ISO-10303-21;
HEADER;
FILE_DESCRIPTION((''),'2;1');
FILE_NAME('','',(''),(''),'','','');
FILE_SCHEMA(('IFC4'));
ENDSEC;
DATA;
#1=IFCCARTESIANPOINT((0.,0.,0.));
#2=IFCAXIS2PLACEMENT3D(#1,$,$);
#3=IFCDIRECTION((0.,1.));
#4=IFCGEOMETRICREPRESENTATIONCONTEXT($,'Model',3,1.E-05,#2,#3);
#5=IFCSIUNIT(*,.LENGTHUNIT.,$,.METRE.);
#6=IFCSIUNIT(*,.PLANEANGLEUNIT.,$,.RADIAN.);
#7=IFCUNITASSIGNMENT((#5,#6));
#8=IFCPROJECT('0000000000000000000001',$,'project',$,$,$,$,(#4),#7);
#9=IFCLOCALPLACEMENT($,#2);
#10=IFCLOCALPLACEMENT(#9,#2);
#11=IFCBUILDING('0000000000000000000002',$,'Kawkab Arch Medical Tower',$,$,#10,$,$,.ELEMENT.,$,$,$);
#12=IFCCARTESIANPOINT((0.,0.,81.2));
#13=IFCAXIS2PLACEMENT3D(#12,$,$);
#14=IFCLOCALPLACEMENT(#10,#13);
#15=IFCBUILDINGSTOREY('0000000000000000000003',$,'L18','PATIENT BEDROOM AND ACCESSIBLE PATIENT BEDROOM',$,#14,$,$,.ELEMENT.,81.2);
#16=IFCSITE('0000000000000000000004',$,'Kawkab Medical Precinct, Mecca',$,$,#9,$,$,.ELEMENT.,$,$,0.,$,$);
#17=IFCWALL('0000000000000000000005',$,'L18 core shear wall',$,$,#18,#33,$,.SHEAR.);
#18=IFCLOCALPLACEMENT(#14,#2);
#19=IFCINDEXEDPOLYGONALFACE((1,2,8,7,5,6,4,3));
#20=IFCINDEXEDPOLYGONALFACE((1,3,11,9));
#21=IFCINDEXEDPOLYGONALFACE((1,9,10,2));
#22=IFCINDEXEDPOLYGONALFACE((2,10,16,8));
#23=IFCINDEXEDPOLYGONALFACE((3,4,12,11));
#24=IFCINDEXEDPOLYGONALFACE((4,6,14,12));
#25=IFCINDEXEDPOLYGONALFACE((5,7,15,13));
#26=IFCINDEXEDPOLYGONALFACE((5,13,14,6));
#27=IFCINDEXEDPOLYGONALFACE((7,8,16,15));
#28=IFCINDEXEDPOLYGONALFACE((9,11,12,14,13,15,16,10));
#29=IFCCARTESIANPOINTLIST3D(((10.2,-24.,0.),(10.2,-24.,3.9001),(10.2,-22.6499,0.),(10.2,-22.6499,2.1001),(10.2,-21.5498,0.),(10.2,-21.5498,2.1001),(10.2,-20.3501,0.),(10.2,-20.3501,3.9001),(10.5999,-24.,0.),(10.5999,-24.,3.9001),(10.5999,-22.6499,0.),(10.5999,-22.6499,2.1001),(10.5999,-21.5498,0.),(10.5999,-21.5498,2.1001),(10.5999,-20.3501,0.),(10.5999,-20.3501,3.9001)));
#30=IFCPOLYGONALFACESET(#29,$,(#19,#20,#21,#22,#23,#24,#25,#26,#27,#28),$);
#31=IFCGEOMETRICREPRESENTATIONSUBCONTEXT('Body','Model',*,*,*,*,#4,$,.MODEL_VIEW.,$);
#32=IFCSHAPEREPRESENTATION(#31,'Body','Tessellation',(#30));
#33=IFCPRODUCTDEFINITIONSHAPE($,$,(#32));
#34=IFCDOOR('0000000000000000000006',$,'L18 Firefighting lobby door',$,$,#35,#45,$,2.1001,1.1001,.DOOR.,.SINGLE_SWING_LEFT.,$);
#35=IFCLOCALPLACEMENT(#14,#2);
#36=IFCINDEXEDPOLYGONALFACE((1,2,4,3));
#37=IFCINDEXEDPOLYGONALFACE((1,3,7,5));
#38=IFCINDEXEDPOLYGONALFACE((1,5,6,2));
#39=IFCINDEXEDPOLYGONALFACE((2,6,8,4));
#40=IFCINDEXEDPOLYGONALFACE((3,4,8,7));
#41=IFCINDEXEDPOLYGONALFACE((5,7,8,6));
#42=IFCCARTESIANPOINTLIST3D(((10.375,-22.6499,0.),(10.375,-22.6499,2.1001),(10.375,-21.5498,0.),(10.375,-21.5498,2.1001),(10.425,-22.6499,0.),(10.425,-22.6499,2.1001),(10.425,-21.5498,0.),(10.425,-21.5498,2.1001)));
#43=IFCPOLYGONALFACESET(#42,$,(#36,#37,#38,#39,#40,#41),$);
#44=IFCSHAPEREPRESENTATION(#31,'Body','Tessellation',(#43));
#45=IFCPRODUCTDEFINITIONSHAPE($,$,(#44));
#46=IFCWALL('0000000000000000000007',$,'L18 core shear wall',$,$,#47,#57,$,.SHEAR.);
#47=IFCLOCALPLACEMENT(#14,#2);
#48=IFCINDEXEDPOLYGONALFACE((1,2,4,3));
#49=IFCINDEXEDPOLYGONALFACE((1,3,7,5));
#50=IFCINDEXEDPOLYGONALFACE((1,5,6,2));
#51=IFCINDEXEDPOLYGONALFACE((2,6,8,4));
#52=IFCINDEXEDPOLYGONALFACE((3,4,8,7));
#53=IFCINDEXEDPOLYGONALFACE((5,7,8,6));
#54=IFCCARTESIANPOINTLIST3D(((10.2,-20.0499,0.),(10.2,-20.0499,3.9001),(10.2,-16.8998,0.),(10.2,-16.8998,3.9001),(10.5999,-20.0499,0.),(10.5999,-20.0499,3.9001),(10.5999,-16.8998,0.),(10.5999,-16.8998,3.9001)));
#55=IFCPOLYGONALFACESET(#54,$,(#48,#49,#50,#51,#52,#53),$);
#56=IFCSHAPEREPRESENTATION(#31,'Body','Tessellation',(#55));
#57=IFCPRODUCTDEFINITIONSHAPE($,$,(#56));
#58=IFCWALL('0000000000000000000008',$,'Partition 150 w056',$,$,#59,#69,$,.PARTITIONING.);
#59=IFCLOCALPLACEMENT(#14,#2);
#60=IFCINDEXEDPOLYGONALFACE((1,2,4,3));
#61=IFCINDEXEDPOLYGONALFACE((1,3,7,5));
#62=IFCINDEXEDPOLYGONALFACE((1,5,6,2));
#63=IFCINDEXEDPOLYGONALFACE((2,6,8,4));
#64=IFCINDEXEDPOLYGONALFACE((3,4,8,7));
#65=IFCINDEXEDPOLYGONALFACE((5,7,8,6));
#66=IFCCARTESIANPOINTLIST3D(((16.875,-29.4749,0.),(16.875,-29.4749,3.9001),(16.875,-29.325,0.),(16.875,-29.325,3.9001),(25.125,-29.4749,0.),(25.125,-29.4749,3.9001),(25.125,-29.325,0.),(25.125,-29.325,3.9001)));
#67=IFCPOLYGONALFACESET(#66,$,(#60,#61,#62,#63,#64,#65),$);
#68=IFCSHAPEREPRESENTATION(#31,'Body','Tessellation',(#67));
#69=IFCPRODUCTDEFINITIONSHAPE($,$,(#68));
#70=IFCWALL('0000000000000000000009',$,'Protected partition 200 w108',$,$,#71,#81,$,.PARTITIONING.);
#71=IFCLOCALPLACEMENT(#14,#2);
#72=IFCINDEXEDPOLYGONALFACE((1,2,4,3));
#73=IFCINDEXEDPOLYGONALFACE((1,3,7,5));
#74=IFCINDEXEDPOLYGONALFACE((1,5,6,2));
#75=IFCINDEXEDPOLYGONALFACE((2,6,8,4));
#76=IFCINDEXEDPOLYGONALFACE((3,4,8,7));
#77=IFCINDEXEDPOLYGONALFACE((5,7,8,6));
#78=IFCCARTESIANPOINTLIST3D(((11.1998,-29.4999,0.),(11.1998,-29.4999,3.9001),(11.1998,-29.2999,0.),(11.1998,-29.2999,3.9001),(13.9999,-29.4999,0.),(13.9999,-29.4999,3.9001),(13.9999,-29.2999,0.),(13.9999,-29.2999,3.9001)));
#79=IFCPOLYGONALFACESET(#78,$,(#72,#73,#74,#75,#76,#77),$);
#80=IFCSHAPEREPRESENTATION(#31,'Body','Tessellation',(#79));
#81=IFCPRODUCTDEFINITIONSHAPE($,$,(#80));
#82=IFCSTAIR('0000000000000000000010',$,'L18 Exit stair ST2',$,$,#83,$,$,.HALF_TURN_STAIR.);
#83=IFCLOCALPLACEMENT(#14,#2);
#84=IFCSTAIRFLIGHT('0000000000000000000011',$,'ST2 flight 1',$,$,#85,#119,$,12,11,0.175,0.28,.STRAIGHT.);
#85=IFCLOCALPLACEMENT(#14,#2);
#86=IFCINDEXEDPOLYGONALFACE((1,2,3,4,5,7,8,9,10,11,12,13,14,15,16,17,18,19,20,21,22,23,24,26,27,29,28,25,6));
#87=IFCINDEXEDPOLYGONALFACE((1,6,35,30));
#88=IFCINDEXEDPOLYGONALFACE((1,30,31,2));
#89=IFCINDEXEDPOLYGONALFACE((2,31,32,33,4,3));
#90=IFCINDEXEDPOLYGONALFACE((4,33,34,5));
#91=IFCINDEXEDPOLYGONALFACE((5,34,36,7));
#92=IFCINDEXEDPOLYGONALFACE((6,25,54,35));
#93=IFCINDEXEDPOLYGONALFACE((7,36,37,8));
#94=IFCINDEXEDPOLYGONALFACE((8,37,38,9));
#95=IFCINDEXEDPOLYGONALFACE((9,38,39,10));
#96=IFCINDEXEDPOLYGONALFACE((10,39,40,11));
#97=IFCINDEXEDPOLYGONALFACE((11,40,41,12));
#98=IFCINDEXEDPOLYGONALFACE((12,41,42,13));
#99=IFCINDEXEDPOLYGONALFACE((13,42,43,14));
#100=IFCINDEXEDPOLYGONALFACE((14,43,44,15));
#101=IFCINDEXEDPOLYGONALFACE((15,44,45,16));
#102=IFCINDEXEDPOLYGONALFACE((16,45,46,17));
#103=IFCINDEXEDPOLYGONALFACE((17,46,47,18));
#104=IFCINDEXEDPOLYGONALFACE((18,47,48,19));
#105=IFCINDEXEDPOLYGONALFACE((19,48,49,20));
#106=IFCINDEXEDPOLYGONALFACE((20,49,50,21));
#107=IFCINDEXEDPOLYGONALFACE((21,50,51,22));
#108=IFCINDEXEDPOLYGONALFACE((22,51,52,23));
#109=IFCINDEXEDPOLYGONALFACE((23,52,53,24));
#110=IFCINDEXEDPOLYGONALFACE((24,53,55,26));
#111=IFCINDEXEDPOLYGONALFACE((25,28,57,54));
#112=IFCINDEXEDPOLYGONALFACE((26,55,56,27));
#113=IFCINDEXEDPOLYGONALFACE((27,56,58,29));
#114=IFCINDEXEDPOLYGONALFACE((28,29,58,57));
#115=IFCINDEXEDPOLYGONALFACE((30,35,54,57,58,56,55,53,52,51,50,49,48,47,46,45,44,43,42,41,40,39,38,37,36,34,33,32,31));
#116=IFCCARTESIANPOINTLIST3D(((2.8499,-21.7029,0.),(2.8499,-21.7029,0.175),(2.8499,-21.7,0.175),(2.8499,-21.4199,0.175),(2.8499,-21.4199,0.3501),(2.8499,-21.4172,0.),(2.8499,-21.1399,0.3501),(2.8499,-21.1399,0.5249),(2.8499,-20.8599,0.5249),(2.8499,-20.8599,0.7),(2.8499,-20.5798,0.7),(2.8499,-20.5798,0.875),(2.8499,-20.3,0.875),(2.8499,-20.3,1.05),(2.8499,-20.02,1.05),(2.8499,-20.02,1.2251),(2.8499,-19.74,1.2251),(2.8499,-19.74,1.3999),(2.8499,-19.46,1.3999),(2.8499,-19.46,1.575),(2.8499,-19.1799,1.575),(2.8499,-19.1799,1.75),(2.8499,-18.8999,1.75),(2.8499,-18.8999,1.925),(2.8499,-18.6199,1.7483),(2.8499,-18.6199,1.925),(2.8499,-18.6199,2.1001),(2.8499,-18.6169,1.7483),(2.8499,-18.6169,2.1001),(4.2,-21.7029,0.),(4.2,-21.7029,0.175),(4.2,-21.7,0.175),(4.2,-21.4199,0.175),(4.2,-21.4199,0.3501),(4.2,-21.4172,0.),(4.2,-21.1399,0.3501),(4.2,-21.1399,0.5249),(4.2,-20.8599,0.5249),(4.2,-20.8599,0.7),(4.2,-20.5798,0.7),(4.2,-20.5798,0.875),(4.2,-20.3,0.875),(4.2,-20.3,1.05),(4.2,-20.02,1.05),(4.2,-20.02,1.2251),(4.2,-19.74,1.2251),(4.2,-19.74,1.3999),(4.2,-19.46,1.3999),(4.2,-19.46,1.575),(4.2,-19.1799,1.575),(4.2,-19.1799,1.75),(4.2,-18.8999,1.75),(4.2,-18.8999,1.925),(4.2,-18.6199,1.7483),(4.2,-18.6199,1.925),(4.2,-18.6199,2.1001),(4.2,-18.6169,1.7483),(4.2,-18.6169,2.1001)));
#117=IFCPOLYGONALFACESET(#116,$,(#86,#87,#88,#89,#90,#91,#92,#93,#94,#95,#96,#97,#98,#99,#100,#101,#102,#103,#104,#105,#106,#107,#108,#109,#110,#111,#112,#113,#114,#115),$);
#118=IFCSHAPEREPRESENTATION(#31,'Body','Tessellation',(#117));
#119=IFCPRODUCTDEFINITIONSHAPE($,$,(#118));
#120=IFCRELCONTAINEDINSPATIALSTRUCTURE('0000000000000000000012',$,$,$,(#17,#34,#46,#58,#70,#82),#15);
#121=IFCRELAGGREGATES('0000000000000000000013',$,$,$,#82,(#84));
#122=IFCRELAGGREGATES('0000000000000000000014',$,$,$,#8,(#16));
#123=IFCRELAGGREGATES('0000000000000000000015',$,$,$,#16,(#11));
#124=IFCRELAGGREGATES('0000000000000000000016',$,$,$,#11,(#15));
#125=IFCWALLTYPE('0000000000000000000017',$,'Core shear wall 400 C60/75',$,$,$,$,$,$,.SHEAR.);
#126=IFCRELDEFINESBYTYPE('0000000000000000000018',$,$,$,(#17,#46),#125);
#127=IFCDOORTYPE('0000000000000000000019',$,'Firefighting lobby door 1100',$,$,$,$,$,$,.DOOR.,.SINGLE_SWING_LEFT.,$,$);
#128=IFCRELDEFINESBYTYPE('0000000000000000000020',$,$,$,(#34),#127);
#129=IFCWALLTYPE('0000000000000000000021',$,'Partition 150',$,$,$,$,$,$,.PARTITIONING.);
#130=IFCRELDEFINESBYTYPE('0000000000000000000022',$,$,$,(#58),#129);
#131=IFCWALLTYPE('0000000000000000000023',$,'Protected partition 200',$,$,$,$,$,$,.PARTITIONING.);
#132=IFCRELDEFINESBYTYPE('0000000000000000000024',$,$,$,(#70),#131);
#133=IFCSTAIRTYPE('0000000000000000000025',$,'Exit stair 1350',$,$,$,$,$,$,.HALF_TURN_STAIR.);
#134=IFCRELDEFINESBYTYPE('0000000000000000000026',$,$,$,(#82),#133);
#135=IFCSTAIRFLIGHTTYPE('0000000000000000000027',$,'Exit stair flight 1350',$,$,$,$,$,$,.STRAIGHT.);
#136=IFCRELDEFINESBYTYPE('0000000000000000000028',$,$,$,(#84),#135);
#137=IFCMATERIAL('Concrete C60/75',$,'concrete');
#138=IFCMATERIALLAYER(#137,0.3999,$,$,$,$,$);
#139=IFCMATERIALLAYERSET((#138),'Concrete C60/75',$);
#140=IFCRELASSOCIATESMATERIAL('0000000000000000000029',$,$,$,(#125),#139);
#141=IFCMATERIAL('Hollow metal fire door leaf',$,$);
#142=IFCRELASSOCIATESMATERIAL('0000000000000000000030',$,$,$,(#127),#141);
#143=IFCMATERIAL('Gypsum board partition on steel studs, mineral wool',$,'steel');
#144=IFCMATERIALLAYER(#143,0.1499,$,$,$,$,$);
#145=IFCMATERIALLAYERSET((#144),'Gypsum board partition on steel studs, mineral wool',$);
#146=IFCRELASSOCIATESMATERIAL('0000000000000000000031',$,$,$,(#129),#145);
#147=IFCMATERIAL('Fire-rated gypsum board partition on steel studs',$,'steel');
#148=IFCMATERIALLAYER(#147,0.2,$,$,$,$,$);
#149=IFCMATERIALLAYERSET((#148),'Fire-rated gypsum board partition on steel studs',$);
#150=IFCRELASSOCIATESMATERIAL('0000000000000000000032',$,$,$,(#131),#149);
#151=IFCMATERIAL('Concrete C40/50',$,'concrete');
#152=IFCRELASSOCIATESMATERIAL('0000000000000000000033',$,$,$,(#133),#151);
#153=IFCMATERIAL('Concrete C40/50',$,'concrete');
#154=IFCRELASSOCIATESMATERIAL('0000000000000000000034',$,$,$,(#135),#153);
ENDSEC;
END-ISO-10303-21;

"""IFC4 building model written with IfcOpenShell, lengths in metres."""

from ifc_helpers import new_model, si_unit, direction, frame, frame_2d, origin, place, context, subcontext, project, spatial, polyline, rectangle, outline, extrude, material, layer, layer_set, type_object, element, fill, aggregate, save


model = new_model("IFC4")

# Units and contexts
model_context = context("Model", 3, precision=1e-05, world=origin(), true_north=direction((0.0, 1.0)))
body_context = subcontext(model_context, "Body", "Model", "MODEL_VIEW")
ifc_project = project(units=[si_unit("LENGTHUNIT", "METRE"), si_unit("PLANEANGLEUNIT", "RADIAN")], contexts=[model_context])

# Site, building, storey
site_placement = place(None, origin())
site = spatial("IfcSite", under=ifc_project, at=site_placement, Name="Kawkab Medical Precinct, Mecca", CompositionType="ELEMENT", RefElevation=0.0)
building_placement = place(site_placement, origin())
building = spatial("IfcBuilding", under=site, at=building_placement, Name="Kawkab Arch Medical Tower", CompositionType="ELEMENT")
storey_placement = place(building_placement, frame((0.0, 0.0, 81.2)))
storey = spatial("IfcBuildingStorey", under=building, at=storey_placement, Name="L18", Description="PATIENT BEDROOM AND ACCESSIBLE PATIENT BEDROOM", CompositionType="ELEMENT", Elevation=81.2)

# Wall, opening, door
ifc_material_1 = material(Name="Concrete C60/75", Category="concrete")
ifc_layer_1 = layer(ifc_material_1, 0.3999)
ifc_layer_set_1 = layer_set([ifc_layer_1], Name="Concrete C60/75")
wall_type_1 = type_object("IfcWallType", Name="Core shear wall 400 C60/75", PredefinedType="SHEAR", material=ifc_layer_set_1)
wall_1_placement = place(storey_placement, frame((10.3999, -24.0, 0.0), z_axis=(0.0, 0.0, 1.0), x_axis=(0.0, 1.0, 0.0)))
wall_1 = element("IfcWall", 1, at=wall_1_placement, inside=storey, type_object=wall_type_1, Name="L18 core shear wall", PredefinedType="SHEAR", context=body_context, shape_type="SweptSolid", body=[
    extrude(rectangle(XDim=3.6499, YDim=0.3999, at=frame_2d((1.825, 0.0))), origin(), (0.0, 0.0, 1.0), 3.9001),
])
opening_1_placement = place(wall_1_placement, frame((1.3501, 0.0, 0.0)))
opening_1 = element("IfcOpeningElement", 2, at=opening_1_placement, cuts=wall_1, PredefinedType="OPENING", context=body_context, shape_type="SweptSolid", body=[
    extrude(rectangle(XDim=1.1001, YDim=2.1001, at=frame_2d((0.55, 1.05))), frame((0.0, 0.21, 0.0), z_axis=(0.0, -1.0, 0.0), x_axis=(1.0, 0.0, 0.0)), (0.0, 0.0, 1.0), 0.4199),
])
ifc_material_2 = material(Name="Hollow metal fire door leaf")
door_type_1 = type_object("IfcDoorType", Name="Firefighting lobby door 1100", OperationType="SINGLE_SWING_LEFT", PredefinedType="DOOR", material=ifc_material_2)
door_1_placement = place(opening_1_placement, origin())
door_1 = element("IfcDoor", 3, at=door_1_placement, inside=storey, type_object=door_type_1, Name="L18 Firefighting lobby door", OperationType="SINGLE_SWING_LEFT", OverallHeight=2.1001, OverallWidth=1.1001, PredefinedType="DOOR", context=body_context, shape_type="SweptSolid", body=[
    extrude(rectangle(XDim=1.1001, YDim=2.1001, at=frame_2d((0.55, 1.05))), frame((0.0, 0.0249, 0.0), z_axis=(0.0, -1.0, 0.0), x_axis=(1.0, 0.0, 0.0)), (0.0, 0.0, 1.0), 0.05),
])
fill(opening_1, door_1)

# Walls
wall_2_placement = place(storey_placement, frame((10.3999, -20.05, 0.0), z_axis=(0.0, 0.0, 1.0), x_axis=(0.0, 1.0, 0.0)))
element("IfcWall", 4, at=wall_2_placement, inside=storey, type_object=wall_type_1, Name="L18 core shear wall", PredefinedType="SHEAR", context=body_context, shape_type="SweptSolid", body=[
    extrude(rectangle(XDim=3.1501, YDim=0.3999, at=frame_2d((1.5752, 0.0))), origin(), (0.0, 0.0, 1.0), 3.9001),
])
ifc_material_3 = material(Name="Gypsum board partition on steel studs, mineral wool", Category="steel")
ifc_layer_2 = layer(ifc_material_3, 0.1499)
ifc_layer_set_2 = layer_set([ifc_layer_2], Name="Gypsum board partition on steel studs, mineral wool")
wall_type_2 = type_object("IfcWallType", Name="Partition 150", PredefinedType="PARTITIONING", material=ifc_layer_set_2)
wall_3_placement = place(storey_placement, frame((16.875, -29.3999, 0.0), z_axis=(0.0, 0.0, 1.0), x_axis=(1.0, 0.0, 0.0)))
element("IfcWall", 5, at=wall_3_placement, inside=storey, type_object=wall_type_2, Name="Partition 150 w056", PredefinedType="PARTITIONING", context=body_context, shape_type="SweptSolid", body=[
    extrude(rectangle(XDim=8.25, YDim=0.1499, at=frame_2d((4.125, 0.0))), origin(), (0.0, 0.0, 1.0), 3.9001),
])
ifc_material_4 = material(Name="Fire-rated gypsum board partition on steel studs", Category="steel")
ifc_layer_3 = layer(ifc_material_4, 0.2)
ifc_layer_set_3 = layer_set([ifc_layer_3], Name="Fire-rated gypsum board partition on steel studs")
wall_type_3 = type_object("IfcWallType", Name="Protected partition 200", PredefinedType="PARTITIONING", material=ifc_layer_set_3)
wall_4_placement = place(storey_placement, frame((11.2, -29.3999, 0.0), z_axis=(0.0, 0.0, 1.0), x_axis=(1.0, 0.0, 0.0)))
element("IfcWall", 6, at=wall_4_placement, inside=storey, type_object=wall_type_3, Name="Protected partition 200 w108", PredefinedType="PARTITIONING", context=body_context, shape_type="SweptSolid", body=[
    extrude(rectangle(XDim=2.8, YDim=0.2, at=frame_2d((1.3999, 0.0))), origin(), (0.0, 0.0, 1.0), 3.9001),
])

# Stair, stair flight
ifc_material_5 = material(Name="Concrete C40/50", Category="concrete")
stair_type = type_object("IfcStairType", Name="Exit stair 1350", PredefinedType="HALF_TURN_STAIR", material=ifc_material_5)
stair_placement = place(storey_placement, origin())
stair = element("IfcStair", 7, at=stair_placement, inside=storey, type_object=stair_type, Name="L18 Exit stair ST2", PredefinedType="HALF_TURN_STAIR")
ifc_material_6 = material(Name="Concrete C40/50", Category="concrete")
stair_flight_type = type_object("IfcStairFlightType", Name="Exit stair flight 1350", PredefinedType="STRAIGHT", material=ifc_material_6)
stair_flight_placement = place(storey_placement, frame((3.5249, -21.7, 0.0), z_axis=(0.0, 0.0, 1.0), x_axis=(0.0, 1.0, 0.0)))
stair_flight = element("IfcStairFlight", 8, at=stair_flight_placement, type_object=stair_flight_type, Name="ST2 flight 1", NumberOfRisers=12, NumberOfTreads=11, PredefinedType="STRAIGHT", RiserHeight=0.175, TreadLength=0.28, context=body_context, shape_type="SweptSolid", body=[
    extrude(outline(polyline([(-0.0029, 0.0), (-0.0029, 0.175), (0.0, 0.175), (0.28, 0.175), (0.28, 0.3501), (0.5601, 0.3501), (0.5601, 0.5249), (0.8401, 0.5249), (0.8401, 0.7), (1.1201, 0.7), (1.1201, 0.875), (1.3999, 0.875), (1.3999, 1.05), (1.6799, 1.05), (1.6799, 1.2251), (1.96, 1.2251), (1.96, 1.3999), (2.24, 1.3999), (2.24, 1.575), (2.52, 1.575), (2.52, 1.75), (2.8, 1.75), (2.8, 1.925), (3.0801, 1.925), (3.0801, 2.1001), (3.083, 2.1001), (3.083, 1.7483), (3.0801, 1.7483), (0.2827, 0.0), (-0.0029, 0.0)])), frame((0.0, 0.675, 0.0), z_axis=(0.0, -1.0, 0.0), x_axis=(1.0, 0.0, 0.0)), (0.0, 0.0, 1.0), 1.3501),
])
aggregate(stair, [stair_flight])

save(model, "model.ifc")
